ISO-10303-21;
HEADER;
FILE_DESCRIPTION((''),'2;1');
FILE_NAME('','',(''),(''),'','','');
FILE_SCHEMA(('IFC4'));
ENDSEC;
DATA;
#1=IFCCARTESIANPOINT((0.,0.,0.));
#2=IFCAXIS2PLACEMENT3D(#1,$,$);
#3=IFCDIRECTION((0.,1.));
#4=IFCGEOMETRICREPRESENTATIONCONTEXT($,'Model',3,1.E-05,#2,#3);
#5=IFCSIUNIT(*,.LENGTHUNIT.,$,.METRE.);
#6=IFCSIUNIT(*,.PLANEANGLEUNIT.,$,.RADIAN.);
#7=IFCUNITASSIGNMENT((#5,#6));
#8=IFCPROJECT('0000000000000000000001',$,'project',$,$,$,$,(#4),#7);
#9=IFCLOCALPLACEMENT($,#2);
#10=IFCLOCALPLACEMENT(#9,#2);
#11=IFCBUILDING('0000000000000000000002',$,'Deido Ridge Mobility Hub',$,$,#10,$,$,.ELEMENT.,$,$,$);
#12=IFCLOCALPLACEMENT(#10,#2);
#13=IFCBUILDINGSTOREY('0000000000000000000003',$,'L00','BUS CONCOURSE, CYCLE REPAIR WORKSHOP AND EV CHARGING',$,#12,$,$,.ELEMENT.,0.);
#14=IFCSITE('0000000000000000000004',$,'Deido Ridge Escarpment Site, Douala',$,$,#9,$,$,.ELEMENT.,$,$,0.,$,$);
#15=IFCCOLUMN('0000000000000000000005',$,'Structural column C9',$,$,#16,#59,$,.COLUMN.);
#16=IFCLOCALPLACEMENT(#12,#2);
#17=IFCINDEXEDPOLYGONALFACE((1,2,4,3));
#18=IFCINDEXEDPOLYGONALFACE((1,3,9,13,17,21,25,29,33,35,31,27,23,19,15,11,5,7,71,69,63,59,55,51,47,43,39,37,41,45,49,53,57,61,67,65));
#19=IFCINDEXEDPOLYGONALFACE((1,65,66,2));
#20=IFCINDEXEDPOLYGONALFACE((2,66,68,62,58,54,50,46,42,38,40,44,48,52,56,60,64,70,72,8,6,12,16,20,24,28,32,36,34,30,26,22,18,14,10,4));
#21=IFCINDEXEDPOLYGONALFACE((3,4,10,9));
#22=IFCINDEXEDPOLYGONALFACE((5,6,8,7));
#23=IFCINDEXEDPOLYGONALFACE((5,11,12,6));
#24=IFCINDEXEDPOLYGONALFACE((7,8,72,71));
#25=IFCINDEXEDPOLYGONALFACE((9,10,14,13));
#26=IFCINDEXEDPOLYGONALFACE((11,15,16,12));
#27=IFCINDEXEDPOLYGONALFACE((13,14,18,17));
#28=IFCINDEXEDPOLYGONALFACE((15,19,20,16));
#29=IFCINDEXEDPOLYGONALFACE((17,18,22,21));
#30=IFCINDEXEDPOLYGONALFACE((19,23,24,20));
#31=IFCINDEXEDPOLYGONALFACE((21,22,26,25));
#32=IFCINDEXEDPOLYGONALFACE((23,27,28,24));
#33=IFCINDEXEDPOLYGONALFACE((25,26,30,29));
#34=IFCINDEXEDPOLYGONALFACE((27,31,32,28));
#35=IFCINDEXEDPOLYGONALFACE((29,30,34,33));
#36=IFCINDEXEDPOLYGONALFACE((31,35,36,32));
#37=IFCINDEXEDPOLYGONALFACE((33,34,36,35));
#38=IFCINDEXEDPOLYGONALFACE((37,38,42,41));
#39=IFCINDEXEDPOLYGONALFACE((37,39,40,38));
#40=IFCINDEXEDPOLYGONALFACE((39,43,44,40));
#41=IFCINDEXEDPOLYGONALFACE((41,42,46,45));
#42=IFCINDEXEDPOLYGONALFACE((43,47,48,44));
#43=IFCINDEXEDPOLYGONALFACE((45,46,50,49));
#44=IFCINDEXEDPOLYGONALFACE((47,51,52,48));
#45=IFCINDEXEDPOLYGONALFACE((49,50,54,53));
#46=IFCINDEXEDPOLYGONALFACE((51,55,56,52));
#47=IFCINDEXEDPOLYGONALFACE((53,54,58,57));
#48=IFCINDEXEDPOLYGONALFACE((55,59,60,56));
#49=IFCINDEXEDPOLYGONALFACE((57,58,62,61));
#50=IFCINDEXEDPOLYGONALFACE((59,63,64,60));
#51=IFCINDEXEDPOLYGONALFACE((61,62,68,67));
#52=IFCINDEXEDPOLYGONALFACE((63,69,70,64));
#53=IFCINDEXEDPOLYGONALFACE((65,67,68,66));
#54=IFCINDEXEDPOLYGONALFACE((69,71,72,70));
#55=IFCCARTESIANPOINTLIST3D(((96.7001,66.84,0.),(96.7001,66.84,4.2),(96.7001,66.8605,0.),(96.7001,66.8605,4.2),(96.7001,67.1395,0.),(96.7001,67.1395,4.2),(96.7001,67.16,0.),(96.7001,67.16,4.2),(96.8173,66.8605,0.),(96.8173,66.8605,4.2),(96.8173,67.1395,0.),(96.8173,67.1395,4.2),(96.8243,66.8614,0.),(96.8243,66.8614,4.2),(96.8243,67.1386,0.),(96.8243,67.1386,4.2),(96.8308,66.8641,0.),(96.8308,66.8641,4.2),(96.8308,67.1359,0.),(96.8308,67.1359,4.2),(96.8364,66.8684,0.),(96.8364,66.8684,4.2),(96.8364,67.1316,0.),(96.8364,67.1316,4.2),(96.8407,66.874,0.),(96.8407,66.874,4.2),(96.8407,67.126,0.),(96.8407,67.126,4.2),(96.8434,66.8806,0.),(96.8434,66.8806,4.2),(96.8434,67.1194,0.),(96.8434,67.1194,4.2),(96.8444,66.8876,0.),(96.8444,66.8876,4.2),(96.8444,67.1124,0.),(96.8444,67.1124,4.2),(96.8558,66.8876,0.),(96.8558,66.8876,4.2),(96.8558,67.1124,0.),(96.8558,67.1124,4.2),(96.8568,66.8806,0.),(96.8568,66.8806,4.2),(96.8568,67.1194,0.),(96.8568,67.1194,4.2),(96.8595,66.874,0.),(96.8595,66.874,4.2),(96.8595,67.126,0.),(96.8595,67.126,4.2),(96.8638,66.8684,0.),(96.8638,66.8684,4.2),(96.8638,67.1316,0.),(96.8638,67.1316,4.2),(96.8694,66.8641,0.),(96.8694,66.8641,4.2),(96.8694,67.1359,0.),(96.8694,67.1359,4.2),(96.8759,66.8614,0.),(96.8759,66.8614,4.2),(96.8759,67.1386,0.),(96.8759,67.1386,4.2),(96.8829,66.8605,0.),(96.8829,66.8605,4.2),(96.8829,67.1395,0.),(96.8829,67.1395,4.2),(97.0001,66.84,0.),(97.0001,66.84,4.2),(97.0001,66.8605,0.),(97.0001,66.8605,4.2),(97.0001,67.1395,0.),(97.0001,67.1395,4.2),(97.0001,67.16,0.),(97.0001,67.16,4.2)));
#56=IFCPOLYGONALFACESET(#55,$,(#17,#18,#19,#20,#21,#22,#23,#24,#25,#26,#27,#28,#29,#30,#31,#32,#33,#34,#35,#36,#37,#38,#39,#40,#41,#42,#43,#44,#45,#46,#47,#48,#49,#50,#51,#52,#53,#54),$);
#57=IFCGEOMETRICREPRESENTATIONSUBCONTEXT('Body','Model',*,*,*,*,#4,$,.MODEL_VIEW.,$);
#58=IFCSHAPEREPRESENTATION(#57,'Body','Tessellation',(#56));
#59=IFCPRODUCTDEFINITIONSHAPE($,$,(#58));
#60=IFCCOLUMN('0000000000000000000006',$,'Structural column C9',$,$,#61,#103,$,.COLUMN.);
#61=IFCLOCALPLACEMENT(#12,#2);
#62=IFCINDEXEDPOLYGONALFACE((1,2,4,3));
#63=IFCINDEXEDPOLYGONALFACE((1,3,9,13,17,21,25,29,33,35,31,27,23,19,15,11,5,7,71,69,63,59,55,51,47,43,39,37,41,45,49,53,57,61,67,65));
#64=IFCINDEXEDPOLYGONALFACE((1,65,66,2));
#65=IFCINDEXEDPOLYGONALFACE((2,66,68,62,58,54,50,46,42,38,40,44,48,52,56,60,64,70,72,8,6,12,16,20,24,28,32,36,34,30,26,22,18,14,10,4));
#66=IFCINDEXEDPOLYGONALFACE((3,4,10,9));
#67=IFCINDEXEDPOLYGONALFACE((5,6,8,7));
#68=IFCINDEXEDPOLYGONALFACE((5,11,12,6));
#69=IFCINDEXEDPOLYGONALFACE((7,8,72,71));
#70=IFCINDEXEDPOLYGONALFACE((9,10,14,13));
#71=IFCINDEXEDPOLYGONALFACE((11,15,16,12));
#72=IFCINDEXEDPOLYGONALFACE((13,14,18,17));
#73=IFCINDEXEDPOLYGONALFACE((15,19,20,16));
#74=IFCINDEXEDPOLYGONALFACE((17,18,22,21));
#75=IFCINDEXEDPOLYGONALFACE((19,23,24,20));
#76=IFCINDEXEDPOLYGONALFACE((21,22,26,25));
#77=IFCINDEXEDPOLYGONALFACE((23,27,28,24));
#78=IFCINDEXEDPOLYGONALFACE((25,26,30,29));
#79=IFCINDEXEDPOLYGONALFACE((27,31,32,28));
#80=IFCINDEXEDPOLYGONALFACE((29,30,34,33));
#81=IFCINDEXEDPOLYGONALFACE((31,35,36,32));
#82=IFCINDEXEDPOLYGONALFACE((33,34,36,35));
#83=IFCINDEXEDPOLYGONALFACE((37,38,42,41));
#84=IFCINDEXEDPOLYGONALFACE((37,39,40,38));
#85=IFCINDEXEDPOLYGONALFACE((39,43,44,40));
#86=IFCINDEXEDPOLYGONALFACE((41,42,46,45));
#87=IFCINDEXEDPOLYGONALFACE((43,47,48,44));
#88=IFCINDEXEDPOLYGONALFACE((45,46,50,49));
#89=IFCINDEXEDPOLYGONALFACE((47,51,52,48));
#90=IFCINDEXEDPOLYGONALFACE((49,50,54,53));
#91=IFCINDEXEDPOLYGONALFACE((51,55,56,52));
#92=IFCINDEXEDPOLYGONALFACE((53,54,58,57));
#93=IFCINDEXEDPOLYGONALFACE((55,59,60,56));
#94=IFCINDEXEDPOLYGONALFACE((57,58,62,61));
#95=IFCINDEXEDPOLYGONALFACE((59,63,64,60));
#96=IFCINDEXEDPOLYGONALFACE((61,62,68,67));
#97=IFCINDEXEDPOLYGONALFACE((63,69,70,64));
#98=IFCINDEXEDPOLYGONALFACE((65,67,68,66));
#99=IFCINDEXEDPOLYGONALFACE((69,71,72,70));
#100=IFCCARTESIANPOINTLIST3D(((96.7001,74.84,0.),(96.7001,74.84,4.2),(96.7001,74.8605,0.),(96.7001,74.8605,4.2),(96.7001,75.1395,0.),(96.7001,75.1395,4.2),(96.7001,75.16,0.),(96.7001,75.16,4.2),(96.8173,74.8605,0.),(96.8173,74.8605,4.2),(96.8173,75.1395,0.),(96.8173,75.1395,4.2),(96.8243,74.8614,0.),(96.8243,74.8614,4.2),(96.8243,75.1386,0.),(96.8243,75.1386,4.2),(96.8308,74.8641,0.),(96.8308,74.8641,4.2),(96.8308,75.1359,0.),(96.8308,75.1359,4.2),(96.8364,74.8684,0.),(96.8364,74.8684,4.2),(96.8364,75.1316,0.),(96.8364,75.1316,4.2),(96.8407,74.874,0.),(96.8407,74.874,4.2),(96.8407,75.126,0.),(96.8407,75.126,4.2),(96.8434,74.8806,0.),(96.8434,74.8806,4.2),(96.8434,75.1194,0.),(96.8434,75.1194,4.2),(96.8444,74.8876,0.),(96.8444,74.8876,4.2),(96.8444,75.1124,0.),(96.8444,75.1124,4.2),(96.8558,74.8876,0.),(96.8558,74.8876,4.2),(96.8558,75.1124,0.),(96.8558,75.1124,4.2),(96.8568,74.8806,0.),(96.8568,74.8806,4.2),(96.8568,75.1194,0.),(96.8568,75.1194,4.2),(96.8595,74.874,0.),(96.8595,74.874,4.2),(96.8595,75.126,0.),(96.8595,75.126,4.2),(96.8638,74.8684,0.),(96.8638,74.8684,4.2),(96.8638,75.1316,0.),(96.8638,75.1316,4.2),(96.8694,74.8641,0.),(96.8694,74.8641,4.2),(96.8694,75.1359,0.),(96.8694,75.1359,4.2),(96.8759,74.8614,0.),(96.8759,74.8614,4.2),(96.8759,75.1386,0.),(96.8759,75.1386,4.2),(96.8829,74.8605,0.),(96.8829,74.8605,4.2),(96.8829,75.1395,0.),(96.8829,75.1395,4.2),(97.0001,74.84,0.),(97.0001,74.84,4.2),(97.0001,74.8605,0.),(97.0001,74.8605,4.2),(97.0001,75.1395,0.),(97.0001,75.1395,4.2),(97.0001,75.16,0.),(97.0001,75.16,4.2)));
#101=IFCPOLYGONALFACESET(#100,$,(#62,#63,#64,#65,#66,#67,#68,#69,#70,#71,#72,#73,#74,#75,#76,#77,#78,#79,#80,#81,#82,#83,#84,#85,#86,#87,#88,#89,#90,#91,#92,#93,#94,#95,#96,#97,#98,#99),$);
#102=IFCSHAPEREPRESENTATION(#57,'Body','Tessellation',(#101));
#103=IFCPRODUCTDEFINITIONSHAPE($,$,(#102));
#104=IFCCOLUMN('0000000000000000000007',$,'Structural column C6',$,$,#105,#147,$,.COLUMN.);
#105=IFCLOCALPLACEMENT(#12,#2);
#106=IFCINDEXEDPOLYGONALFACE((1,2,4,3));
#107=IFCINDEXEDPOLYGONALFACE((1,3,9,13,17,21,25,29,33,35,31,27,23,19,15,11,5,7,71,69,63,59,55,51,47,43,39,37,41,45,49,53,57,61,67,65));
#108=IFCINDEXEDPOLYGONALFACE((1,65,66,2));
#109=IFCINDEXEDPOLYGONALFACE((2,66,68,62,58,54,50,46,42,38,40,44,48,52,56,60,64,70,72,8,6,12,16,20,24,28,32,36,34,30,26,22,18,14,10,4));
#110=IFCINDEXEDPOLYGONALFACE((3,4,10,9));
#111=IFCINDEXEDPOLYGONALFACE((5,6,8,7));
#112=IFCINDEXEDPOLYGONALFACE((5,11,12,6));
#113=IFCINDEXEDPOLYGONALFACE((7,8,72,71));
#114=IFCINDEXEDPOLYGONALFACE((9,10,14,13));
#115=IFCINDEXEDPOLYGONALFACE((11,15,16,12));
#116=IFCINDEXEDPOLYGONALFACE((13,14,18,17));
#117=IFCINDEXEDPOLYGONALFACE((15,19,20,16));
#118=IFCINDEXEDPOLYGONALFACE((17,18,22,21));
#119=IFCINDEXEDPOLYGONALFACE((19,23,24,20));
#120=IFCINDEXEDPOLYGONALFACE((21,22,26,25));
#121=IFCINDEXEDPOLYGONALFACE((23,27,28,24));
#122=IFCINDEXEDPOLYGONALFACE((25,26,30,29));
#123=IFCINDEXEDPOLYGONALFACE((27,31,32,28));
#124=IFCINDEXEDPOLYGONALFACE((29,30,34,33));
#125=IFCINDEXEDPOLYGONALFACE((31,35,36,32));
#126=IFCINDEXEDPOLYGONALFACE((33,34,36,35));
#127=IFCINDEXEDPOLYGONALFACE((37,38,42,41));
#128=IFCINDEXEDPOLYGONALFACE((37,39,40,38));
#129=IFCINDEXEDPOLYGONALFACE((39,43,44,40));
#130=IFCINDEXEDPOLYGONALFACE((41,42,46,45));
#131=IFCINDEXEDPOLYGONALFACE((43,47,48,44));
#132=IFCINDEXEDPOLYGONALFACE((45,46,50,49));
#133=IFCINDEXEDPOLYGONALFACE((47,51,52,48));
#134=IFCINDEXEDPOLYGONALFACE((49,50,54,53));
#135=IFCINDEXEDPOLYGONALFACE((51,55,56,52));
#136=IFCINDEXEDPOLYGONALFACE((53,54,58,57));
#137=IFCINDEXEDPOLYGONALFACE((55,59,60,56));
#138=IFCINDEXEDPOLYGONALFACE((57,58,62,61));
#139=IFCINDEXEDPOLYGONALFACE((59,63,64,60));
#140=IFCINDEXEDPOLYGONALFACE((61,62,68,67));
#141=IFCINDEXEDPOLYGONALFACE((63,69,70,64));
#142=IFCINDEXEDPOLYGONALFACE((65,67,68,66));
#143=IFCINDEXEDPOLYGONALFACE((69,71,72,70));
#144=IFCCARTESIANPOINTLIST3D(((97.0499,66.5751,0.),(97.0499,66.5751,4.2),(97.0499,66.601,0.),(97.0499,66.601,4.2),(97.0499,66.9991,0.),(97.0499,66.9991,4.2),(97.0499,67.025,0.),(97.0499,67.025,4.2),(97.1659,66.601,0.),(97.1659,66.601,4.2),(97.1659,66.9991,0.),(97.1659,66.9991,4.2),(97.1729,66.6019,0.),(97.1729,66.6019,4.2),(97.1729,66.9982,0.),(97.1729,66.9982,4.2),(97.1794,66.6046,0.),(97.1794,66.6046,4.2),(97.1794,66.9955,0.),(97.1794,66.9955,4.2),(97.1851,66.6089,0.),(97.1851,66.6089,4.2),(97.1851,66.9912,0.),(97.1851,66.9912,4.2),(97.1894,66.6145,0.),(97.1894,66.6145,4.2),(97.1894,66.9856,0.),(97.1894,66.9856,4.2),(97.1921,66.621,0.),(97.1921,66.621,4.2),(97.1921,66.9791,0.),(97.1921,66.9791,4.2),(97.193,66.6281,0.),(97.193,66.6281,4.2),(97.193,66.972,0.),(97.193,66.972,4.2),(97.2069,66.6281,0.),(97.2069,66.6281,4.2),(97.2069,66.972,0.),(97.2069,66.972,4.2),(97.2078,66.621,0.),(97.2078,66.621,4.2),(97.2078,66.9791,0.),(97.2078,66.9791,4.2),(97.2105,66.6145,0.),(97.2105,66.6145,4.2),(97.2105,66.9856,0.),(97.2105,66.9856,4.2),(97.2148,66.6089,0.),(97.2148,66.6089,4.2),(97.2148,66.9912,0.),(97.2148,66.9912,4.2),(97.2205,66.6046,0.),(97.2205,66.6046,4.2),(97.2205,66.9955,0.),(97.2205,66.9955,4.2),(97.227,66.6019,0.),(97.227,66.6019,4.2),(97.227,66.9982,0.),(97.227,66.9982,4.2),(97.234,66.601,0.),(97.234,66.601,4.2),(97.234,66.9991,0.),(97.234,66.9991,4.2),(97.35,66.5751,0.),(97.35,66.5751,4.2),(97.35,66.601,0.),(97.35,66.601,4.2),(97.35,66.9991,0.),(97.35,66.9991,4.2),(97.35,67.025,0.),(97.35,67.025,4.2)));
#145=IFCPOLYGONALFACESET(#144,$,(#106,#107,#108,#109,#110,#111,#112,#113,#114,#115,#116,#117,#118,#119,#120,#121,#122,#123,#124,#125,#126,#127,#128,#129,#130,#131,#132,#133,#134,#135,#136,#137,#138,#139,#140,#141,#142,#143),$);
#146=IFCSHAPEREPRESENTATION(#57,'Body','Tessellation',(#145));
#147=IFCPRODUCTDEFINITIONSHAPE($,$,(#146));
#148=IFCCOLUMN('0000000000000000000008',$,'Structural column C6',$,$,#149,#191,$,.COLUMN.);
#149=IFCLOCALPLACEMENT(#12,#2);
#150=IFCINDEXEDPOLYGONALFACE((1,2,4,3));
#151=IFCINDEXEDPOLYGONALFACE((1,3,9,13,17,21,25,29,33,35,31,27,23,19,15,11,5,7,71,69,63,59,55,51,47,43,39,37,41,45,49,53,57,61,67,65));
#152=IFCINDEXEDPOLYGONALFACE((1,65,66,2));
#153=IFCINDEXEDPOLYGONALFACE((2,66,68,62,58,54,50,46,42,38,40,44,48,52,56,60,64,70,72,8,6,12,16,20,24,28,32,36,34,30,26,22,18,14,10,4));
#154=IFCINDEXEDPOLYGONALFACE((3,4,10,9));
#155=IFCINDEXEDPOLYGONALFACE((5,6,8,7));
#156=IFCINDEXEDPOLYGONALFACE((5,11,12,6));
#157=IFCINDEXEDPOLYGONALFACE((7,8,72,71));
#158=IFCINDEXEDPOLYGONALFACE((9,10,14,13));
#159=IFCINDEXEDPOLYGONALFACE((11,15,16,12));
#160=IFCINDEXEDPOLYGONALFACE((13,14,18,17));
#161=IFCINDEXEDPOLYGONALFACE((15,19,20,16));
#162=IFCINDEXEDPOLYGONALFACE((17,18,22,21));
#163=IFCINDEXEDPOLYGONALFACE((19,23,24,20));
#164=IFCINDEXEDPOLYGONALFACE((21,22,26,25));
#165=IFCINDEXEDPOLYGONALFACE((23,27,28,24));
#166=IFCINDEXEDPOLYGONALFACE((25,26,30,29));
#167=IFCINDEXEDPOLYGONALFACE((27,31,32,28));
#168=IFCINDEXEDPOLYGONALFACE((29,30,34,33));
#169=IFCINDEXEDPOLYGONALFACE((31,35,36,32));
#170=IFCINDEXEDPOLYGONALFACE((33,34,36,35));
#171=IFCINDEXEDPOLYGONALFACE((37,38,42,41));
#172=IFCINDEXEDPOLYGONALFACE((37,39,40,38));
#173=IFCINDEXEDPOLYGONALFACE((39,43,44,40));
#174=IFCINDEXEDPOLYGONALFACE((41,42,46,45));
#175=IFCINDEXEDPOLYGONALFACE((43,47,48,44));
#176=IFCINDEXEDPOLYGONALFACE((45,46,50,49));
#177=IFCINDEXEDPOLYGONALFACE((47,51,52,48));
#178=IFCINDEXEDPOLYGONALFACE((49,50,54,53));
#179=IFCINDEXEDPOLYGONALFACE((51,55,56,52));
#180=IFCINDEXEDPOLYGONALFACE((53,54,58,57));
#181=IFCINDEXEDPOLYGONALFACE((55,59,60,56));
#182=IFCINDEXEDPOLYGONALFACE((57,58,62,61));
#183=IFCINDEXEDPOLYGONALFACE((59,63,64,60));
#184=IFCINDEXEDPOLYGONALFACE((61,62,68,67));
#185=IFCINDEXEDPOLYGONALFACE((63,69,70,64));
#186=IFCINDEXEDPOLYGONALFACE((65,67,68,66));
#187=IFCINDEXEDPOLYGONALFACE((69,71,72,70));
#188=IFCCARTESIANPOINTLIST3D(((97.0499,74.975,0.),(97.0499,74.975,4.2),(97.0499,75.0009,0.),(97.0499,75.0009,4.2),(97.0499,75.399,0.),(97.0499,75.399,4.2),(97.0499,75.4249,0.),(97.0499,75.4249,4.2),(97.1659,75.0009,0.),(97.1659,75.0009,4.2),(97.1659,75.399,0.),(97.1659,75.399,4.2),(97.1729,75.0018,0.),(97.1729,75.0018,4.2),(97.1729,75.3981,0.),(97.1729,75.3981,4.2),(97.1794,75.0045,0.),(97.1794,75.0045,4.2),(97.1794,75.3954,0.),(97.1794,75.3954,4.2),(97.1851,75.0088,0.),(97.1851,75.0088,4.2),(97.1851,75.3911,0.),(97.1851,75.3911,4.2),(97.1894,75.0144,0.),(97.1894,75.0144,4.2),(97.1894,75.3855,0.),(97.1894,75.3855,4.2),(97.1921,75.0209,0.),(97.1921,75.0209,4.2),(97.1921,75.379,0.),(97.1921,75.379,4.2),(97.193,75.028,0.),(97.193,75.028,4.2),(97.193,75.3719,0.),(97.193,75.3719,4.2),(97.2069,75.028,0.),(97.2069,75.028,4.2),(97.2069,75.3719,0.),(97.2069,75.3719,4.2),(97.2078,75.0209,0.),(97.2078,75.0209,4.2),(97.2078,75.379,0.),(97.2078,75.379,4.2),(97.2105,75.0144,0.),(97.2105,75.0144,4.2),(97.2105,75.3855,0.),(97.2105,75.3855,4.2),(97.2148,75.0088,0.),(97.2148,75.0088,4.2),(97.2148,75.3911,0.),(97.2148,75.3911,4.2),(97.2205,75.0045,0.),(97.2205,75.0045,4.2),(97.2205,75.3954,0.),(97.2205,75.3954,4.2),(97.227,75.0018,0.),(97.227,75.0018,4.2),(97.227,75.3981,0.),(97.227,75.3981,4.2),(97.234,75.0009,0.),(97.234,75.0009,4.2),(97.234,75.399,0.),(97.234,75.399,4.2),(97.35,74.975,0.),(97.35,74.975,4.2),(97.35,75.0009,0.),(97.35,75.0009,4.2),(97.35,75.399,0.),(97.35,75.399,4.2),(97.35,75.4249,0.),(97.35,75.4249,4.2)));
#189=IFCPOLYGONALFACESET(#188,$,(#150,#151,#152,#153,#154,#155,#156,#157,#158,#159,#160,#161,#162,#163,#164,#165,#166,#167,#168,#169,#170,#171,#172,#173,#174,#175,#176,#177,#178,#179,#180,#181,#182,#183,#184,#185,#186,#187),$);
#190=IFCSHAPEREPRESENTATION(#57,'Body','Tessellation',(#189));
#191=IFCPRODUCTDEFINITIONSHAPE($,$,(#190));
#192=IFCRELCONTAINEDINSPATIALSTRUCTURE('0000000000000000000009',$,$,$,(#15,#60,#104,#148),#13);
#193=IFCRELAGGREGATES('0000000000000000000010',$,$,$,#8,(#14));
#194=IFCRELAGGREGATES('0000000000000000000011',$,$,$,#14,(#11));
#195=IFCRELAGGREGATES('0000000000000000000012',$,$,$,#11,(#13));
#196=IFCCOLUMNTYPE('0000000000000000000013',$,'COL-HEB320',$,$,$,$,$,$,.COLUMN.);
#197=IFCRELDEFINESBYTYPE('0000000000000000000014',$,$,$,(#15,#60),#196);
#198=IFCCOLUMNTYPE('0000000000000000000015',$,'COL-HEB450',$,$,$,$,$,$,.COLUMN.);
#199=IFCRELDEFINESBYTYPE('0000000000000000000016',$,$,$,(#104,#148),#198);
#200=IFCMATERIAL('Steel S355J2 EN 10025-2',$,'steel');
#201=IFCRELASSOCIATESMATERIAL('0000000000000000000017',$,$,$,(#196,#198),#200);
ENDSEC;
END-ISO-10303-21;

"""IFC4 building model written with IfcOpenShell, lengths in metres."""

from ifc_helpers import new_model, si_unit, direction, frame, origin, origin_2d, place, context, subcontext, project, spatial, i_section, extrude, material, material_profile, profile_set, type_object, element, save


model = new_model("IFC4")

# Units and contexts
model_context = context("Model", 3, precision=1e-05, world=origin(), true_north=direction((0.0, 1.0)))
body_context = subcontext(model_context, "Body", "Model", "MODEL_VIEW")
ifc_project = project(units=[si_unit("LENGTHUNIT", "METRE"), si_unit("PLANEANGLEUNIT", "RADIAN")], contexts=[model_context])

# Site, building, storey
site_placement = place(None, origin())
site = spatial("IfcSite", under=ifc_project, at=site_placement, Name="Deido Ridge Escarpment Site, Douala", CompositionType="ELEMENT", RefElevation=0.0)
building_placement = place(site_placement, origin())
building = spatial("IfcBuilding", under=site, at=building_placement, Name="Deido Ridge Mobility Hub", CompositionType="ELEMENT")
storey_placement = place(building_placement, origin())
storey = spatial("IfcBuildingStorey", under=building, at=storey_placement, Name="L00", Description="BUS CONCOURSE, CYCLE REPAIR WORKSHOP AND EV CHARGING", CompositionType="ELEMENT", Elevation=0.0)

# Columns
ifc_material_1 = material(Name="Steel S355J2 EN 10025-2", Category="steel")
ifc_material_profile_1 = material_profile(ifc_material_1, i_section(OverallWidth=0.3, OverallDepth=0.3201, WebThickness=0.0115, FlangeThickness=0.0205, FilletRadius=0.0271, at=origin_2d()), Name="HEB 320")
ifc_profile_set_1 = profile_set([ifc_material_profile_1], Name="Steel S355J2 EN 10025-2")
column_type_1 = type_object("IfcColumnType", Name="COL-HEB320", PredefinedType="COLUMN", material=ifc_profile_set_1)
for number, where, z_axis, x_axis, name in (
    (1, (96.8501, 67.0, 0.0), (0.0, 0.0, 1.0), (1.0, 0.0, 0.0), "Structural column C9"),
    (2, (96.8501, 75.0, 0.0), (0.0, 0.0, 1.0), (1.0, 0.0, 0.0), "Structural column C9"),
):
    element("IfcColumn", number, at=place(storey_placement, frame(where, z_axis=z_axis, x_axis=x_axis)), inside=storey, type_object=column_type_1, Name=name, PredefinedType="COLUMN", context=body_context, shape_type="SweptSolid", body=[
        extrude(i_section(OverallWidth=0.3, OverallDepth=0.3201, WebThickness=0.0115, FlangeThickness=0.0205, FilletRadius=0.0271, at=origin_2d()), origin(), (0.0, 0.0, 1.0), 4.2),
    ])
ifc_material_profile_2 = material_profile(ifc_material_1, i_section(OverallWidth=0.3, OverallDepth=0.45, WebThickness=0.0139, FlangeThickness=0.0259, FilletRadius=0.0271, at=origin_2d()), Name="HEB 450")
ifc_profile_set_2 = profile_set([ifc_material_profile_2], Name="Steel S355J2 EN 10025-2")
column_type_2 = type_object("IfcColumnType", Name="COL-HEB450", PredefinedType="COLUMN", material=ifc_profile_set_2)
for number, where, z_axis, x_axis, name in (
    (3, (97.2, 66.8, 0.0), (0.0, 0.0, 1.0), (1.0, 0.0, 0.0), "Structural column C6"),
    (4, (97.2, 75.2, 0.0), (0.0, 0.0, 1.0), (1.0, 0.0, 0.0), "Structural column C6"),
):
    element("IfcColumn", number, at=place(storey_placement, frame(where, z_axis=z_axis, x_axis=x_axis)), inside=storey, type_object=column_type_2, Name=name, PredefinedType="COLUMN", context=body_context, shape_type="SweptSolid", body=[
        extrude(i_section(OverallWidth=0.3, OverallDepth=0.45, WebThickness=0.0139, FlangeThickness=0.0259, FilletRadius=0.0271, at=origin_2d()), origin(), (0.0, 0.0, 1.0), 4.2),
    ])

save(model, "model.ifc")
